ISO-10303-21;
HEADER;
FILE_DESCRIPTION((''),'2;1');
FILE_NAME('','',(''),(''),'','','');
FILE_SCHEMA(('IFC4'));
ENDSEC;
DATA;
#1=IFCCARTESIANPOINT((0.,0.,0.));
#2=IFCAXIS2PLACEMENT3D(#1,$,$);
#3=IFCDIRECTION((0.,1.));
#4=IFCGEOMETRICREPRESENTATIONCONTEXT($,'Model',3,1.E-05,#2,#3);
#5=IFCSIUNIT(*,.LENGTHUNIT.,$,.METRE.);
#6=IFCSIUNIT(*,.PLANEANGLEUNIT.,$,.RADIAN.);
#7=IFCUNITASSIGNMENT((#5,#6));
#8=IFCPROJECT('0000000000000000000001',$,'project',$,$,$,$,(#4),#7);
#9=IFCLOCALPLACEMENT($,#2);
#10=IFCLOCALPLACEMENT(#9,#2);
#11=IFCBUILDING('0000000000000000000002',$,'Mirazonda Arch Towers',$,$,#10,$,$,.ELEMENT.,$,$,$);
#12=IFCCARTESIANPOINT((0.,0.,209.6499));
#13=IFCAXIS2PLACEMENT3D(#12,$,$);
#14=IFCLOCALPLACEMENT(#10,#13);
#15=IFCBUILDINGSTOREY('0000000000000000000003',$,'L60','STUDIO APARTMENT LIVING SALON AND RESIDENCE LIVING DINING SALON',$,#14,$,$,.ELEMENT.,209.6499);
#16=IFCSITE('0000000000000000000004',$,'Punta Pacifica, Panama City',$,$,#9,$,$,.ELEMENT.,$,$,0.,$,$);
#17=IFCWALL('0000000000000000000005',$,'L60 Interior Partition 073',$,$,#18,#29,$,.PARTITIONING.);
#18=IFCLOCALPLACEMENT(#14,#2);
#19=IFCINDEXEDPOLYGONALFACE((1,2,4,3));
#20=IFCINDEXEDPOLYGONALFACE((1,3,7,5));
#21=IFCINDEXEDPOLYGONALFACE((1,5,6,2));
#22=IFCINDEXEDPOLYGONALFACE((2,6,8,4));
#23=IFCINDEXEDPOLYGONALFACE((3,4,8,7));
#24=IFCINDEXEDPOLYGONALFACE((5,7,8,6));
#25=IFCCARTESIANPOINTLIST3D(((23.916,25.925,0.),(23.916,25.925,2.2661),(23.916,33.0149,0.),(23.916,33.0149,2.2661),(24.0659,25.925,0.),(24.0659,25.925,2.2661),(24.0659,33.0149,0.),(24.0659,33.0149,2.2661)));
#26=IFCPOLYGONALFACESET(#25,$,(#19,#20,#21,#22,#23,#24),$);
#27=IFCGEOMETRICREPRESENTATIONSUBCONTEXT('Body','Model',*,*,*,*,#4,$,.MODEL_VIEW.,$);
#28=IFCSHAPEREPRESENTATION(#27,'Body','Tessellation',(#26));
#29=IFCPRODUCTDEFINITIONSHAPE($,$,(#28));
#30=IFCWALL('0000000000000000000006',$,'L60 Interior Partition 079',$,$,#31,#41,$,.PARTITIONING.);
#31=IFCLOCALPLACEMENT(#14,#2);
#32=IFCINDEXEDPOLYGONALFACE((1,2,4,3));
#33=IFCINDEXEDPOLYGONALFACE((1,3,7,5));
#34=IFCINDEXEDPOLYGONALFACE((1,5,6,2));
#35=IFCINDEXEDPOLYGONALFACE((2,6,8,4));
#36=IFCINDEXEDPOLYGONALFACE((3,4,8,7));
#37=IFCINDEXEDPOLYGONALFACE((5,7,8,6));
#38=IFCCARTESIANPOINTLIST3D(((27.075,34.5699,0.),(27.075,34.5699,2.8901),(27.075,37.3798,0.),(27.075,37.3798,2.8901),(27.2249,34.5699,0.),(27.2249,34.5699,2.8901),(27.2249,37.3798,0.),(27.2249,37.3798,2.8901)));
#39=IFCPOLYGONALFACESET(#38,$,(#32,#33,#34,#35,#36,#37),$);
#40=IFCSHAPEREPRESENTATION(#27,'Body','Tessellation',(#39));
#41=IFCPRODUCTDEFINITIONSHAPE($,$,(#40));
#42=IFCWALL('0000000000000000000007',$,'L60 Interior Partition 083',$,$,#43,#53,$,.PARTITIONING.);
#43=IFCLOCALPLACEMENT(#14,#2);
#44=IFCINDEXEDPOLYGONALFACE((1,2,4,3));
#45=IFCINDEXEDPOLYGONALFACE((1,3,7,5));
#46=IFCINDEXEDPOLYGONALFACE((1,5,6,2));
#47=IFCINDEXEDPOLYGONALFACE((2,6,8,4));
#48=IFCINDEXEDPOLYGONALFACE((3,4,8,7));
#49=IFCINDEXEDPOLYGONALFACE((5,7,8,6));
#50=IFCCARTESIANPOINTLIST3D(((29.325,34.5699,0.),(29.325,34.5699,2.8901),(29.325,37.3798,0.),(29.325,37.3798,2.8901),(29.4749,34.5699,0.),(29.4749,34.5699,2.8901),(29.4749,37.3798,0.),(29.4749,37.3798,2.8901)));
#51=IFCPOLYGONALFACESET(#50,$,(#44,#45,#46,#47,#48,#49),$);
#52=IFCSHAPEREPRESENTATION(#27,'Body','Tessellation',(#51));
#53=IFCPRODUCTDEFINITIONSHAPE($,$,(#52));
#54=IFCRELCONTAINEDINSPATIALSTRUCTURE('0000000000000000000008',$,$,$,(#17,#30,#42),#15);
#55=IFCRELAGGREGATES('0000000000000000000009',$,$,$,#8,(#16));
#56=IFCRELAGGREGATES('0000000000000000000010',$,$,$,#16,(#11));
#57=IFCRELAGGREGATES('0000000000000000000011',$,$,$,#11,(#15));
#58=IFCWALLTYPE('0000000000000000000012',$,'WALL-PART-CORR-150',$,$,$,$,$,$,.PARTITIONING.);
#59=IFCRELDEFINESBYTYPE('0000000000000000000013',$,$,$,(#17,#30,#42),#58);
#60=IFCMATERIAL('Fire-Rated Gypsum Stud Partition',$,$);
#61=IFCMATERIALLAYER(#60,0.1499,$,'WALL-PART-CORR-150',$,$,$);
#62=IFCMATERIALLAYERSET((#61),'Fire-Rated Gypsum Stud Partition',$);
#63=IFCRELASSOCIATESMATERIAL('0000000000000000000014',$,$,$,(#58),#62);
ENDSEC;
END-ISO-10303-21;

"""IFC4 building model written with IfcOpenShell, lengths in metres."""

from ifc_helpers import new_model, si_unit, direction, frame, frame_2d, origin, place, context, subcontext, project, spatial, rectangle, extrude, material, layer, layer_set, type_object, element, save


model = new_model("IFC4")

# Units and contexts
model_context = context("Model", 3, precision=1e-05, world=origin(), true_north=direction((0.0, 1.0)))
body_context = subcontext(model_context, "Body", "Model", "MODEL_VIEW")
ifc_project = project(units=[si_unit("LENGTHUNIT", "METRE"), si_unit("PLANEANGLEUNIT", "RADIAN")], contexts=[model_context])

# Site, building, storey
site_placement = place(None, origin())
site = spatial("IfcSite", under=ifc_project, at=site_placement, Name="Punta Pacifica, Panama City", CompositionType="ELEMENT", RefElevation=0.0)
building_placement = place(site_placement, origin())
building = spatial("IfcBuilding", under=site, at=building_placement, Name="Mirazonda Arch Towers", CompositionType="ELEMENT")
storey_placement = place(building_placement, frame((0.0, 0.0, 209.6499)))
storey = spatial("IfcBuildingStorey", under=building, at=storey_placement, Name="L60", Description="STUDIO APARTMENT LIVING SALON AND RESIDENCE LIVING DINING SALON", CompositionType="ELEMENT", Elevation=209.6499)

# Walls
ifc_material_1 = material(Name="Fire-Rated Gypsum Stud Partition")
ifc_layer_1 = layer(ifc_material_1, 0.1499, Name="WALL-PART-CORR-150")
ifc_layer_set_1 = layer_set([ifc_layer_1], Name="Fire-Rated Gypsum Stud Partition")
wall_type_1 = type_object("IfcWallType", Name="WALL-PART-CORR-150", PredefinedType="PARTITIONING", material=ifc_layer_set_1)
wall_1_placement = place(storey_placement, frame((23.991, 25.925, 0.0), z_axis=(0.0, 0.0, 1.0), x_axis=(0.0, 1.0, 0.0)))
element("IfcWall", 1, at=wall_1_placement, inside=storey, type_object=wall_type_1, Name="L60 Interior Partition 073", PredefinedType="PARTITIONING", context=body_context, shape_type="SweptSolid", body=[
    extrude(rectangle(XDim=7.0898, YDim=0.1499, at=frame_2d((3.5449, 0.0))), origin(), (0.0, 0.0, 1.0), 2.2661),
])
for number, where, z_axis, x_axis, name in (
    (2, (27.1499, 34.5701, 0.0), (0.0, 0.0, 1.0), (0.0, 1.0, 0.0), "L60 Interior Partition 079"),
    (3, (29.3999, 34.5701, 0.0), (0.0, 0.0, 1.0), (0.0, 1.0, 0.0), "L60 Interior Partition 083"),
):
    element("IfcWall", number, at=place(storey_placement, frame(where, z_axis=z_axis, x_axis=x_axis)), inside=storey, type_object=wall_type_1, Name=name, PredefinedType="PARTITIONING", context=body_context, shape_type="SweptSolid", body=[
        extrude(rectangle(XDim=2.8098, YDim=0.1499, at=frame_2d((1.4048, 0.0))), origin(), (0.0, 0.0, 1.0), 2.8901),
    ])

save(model, "model.ifc")
